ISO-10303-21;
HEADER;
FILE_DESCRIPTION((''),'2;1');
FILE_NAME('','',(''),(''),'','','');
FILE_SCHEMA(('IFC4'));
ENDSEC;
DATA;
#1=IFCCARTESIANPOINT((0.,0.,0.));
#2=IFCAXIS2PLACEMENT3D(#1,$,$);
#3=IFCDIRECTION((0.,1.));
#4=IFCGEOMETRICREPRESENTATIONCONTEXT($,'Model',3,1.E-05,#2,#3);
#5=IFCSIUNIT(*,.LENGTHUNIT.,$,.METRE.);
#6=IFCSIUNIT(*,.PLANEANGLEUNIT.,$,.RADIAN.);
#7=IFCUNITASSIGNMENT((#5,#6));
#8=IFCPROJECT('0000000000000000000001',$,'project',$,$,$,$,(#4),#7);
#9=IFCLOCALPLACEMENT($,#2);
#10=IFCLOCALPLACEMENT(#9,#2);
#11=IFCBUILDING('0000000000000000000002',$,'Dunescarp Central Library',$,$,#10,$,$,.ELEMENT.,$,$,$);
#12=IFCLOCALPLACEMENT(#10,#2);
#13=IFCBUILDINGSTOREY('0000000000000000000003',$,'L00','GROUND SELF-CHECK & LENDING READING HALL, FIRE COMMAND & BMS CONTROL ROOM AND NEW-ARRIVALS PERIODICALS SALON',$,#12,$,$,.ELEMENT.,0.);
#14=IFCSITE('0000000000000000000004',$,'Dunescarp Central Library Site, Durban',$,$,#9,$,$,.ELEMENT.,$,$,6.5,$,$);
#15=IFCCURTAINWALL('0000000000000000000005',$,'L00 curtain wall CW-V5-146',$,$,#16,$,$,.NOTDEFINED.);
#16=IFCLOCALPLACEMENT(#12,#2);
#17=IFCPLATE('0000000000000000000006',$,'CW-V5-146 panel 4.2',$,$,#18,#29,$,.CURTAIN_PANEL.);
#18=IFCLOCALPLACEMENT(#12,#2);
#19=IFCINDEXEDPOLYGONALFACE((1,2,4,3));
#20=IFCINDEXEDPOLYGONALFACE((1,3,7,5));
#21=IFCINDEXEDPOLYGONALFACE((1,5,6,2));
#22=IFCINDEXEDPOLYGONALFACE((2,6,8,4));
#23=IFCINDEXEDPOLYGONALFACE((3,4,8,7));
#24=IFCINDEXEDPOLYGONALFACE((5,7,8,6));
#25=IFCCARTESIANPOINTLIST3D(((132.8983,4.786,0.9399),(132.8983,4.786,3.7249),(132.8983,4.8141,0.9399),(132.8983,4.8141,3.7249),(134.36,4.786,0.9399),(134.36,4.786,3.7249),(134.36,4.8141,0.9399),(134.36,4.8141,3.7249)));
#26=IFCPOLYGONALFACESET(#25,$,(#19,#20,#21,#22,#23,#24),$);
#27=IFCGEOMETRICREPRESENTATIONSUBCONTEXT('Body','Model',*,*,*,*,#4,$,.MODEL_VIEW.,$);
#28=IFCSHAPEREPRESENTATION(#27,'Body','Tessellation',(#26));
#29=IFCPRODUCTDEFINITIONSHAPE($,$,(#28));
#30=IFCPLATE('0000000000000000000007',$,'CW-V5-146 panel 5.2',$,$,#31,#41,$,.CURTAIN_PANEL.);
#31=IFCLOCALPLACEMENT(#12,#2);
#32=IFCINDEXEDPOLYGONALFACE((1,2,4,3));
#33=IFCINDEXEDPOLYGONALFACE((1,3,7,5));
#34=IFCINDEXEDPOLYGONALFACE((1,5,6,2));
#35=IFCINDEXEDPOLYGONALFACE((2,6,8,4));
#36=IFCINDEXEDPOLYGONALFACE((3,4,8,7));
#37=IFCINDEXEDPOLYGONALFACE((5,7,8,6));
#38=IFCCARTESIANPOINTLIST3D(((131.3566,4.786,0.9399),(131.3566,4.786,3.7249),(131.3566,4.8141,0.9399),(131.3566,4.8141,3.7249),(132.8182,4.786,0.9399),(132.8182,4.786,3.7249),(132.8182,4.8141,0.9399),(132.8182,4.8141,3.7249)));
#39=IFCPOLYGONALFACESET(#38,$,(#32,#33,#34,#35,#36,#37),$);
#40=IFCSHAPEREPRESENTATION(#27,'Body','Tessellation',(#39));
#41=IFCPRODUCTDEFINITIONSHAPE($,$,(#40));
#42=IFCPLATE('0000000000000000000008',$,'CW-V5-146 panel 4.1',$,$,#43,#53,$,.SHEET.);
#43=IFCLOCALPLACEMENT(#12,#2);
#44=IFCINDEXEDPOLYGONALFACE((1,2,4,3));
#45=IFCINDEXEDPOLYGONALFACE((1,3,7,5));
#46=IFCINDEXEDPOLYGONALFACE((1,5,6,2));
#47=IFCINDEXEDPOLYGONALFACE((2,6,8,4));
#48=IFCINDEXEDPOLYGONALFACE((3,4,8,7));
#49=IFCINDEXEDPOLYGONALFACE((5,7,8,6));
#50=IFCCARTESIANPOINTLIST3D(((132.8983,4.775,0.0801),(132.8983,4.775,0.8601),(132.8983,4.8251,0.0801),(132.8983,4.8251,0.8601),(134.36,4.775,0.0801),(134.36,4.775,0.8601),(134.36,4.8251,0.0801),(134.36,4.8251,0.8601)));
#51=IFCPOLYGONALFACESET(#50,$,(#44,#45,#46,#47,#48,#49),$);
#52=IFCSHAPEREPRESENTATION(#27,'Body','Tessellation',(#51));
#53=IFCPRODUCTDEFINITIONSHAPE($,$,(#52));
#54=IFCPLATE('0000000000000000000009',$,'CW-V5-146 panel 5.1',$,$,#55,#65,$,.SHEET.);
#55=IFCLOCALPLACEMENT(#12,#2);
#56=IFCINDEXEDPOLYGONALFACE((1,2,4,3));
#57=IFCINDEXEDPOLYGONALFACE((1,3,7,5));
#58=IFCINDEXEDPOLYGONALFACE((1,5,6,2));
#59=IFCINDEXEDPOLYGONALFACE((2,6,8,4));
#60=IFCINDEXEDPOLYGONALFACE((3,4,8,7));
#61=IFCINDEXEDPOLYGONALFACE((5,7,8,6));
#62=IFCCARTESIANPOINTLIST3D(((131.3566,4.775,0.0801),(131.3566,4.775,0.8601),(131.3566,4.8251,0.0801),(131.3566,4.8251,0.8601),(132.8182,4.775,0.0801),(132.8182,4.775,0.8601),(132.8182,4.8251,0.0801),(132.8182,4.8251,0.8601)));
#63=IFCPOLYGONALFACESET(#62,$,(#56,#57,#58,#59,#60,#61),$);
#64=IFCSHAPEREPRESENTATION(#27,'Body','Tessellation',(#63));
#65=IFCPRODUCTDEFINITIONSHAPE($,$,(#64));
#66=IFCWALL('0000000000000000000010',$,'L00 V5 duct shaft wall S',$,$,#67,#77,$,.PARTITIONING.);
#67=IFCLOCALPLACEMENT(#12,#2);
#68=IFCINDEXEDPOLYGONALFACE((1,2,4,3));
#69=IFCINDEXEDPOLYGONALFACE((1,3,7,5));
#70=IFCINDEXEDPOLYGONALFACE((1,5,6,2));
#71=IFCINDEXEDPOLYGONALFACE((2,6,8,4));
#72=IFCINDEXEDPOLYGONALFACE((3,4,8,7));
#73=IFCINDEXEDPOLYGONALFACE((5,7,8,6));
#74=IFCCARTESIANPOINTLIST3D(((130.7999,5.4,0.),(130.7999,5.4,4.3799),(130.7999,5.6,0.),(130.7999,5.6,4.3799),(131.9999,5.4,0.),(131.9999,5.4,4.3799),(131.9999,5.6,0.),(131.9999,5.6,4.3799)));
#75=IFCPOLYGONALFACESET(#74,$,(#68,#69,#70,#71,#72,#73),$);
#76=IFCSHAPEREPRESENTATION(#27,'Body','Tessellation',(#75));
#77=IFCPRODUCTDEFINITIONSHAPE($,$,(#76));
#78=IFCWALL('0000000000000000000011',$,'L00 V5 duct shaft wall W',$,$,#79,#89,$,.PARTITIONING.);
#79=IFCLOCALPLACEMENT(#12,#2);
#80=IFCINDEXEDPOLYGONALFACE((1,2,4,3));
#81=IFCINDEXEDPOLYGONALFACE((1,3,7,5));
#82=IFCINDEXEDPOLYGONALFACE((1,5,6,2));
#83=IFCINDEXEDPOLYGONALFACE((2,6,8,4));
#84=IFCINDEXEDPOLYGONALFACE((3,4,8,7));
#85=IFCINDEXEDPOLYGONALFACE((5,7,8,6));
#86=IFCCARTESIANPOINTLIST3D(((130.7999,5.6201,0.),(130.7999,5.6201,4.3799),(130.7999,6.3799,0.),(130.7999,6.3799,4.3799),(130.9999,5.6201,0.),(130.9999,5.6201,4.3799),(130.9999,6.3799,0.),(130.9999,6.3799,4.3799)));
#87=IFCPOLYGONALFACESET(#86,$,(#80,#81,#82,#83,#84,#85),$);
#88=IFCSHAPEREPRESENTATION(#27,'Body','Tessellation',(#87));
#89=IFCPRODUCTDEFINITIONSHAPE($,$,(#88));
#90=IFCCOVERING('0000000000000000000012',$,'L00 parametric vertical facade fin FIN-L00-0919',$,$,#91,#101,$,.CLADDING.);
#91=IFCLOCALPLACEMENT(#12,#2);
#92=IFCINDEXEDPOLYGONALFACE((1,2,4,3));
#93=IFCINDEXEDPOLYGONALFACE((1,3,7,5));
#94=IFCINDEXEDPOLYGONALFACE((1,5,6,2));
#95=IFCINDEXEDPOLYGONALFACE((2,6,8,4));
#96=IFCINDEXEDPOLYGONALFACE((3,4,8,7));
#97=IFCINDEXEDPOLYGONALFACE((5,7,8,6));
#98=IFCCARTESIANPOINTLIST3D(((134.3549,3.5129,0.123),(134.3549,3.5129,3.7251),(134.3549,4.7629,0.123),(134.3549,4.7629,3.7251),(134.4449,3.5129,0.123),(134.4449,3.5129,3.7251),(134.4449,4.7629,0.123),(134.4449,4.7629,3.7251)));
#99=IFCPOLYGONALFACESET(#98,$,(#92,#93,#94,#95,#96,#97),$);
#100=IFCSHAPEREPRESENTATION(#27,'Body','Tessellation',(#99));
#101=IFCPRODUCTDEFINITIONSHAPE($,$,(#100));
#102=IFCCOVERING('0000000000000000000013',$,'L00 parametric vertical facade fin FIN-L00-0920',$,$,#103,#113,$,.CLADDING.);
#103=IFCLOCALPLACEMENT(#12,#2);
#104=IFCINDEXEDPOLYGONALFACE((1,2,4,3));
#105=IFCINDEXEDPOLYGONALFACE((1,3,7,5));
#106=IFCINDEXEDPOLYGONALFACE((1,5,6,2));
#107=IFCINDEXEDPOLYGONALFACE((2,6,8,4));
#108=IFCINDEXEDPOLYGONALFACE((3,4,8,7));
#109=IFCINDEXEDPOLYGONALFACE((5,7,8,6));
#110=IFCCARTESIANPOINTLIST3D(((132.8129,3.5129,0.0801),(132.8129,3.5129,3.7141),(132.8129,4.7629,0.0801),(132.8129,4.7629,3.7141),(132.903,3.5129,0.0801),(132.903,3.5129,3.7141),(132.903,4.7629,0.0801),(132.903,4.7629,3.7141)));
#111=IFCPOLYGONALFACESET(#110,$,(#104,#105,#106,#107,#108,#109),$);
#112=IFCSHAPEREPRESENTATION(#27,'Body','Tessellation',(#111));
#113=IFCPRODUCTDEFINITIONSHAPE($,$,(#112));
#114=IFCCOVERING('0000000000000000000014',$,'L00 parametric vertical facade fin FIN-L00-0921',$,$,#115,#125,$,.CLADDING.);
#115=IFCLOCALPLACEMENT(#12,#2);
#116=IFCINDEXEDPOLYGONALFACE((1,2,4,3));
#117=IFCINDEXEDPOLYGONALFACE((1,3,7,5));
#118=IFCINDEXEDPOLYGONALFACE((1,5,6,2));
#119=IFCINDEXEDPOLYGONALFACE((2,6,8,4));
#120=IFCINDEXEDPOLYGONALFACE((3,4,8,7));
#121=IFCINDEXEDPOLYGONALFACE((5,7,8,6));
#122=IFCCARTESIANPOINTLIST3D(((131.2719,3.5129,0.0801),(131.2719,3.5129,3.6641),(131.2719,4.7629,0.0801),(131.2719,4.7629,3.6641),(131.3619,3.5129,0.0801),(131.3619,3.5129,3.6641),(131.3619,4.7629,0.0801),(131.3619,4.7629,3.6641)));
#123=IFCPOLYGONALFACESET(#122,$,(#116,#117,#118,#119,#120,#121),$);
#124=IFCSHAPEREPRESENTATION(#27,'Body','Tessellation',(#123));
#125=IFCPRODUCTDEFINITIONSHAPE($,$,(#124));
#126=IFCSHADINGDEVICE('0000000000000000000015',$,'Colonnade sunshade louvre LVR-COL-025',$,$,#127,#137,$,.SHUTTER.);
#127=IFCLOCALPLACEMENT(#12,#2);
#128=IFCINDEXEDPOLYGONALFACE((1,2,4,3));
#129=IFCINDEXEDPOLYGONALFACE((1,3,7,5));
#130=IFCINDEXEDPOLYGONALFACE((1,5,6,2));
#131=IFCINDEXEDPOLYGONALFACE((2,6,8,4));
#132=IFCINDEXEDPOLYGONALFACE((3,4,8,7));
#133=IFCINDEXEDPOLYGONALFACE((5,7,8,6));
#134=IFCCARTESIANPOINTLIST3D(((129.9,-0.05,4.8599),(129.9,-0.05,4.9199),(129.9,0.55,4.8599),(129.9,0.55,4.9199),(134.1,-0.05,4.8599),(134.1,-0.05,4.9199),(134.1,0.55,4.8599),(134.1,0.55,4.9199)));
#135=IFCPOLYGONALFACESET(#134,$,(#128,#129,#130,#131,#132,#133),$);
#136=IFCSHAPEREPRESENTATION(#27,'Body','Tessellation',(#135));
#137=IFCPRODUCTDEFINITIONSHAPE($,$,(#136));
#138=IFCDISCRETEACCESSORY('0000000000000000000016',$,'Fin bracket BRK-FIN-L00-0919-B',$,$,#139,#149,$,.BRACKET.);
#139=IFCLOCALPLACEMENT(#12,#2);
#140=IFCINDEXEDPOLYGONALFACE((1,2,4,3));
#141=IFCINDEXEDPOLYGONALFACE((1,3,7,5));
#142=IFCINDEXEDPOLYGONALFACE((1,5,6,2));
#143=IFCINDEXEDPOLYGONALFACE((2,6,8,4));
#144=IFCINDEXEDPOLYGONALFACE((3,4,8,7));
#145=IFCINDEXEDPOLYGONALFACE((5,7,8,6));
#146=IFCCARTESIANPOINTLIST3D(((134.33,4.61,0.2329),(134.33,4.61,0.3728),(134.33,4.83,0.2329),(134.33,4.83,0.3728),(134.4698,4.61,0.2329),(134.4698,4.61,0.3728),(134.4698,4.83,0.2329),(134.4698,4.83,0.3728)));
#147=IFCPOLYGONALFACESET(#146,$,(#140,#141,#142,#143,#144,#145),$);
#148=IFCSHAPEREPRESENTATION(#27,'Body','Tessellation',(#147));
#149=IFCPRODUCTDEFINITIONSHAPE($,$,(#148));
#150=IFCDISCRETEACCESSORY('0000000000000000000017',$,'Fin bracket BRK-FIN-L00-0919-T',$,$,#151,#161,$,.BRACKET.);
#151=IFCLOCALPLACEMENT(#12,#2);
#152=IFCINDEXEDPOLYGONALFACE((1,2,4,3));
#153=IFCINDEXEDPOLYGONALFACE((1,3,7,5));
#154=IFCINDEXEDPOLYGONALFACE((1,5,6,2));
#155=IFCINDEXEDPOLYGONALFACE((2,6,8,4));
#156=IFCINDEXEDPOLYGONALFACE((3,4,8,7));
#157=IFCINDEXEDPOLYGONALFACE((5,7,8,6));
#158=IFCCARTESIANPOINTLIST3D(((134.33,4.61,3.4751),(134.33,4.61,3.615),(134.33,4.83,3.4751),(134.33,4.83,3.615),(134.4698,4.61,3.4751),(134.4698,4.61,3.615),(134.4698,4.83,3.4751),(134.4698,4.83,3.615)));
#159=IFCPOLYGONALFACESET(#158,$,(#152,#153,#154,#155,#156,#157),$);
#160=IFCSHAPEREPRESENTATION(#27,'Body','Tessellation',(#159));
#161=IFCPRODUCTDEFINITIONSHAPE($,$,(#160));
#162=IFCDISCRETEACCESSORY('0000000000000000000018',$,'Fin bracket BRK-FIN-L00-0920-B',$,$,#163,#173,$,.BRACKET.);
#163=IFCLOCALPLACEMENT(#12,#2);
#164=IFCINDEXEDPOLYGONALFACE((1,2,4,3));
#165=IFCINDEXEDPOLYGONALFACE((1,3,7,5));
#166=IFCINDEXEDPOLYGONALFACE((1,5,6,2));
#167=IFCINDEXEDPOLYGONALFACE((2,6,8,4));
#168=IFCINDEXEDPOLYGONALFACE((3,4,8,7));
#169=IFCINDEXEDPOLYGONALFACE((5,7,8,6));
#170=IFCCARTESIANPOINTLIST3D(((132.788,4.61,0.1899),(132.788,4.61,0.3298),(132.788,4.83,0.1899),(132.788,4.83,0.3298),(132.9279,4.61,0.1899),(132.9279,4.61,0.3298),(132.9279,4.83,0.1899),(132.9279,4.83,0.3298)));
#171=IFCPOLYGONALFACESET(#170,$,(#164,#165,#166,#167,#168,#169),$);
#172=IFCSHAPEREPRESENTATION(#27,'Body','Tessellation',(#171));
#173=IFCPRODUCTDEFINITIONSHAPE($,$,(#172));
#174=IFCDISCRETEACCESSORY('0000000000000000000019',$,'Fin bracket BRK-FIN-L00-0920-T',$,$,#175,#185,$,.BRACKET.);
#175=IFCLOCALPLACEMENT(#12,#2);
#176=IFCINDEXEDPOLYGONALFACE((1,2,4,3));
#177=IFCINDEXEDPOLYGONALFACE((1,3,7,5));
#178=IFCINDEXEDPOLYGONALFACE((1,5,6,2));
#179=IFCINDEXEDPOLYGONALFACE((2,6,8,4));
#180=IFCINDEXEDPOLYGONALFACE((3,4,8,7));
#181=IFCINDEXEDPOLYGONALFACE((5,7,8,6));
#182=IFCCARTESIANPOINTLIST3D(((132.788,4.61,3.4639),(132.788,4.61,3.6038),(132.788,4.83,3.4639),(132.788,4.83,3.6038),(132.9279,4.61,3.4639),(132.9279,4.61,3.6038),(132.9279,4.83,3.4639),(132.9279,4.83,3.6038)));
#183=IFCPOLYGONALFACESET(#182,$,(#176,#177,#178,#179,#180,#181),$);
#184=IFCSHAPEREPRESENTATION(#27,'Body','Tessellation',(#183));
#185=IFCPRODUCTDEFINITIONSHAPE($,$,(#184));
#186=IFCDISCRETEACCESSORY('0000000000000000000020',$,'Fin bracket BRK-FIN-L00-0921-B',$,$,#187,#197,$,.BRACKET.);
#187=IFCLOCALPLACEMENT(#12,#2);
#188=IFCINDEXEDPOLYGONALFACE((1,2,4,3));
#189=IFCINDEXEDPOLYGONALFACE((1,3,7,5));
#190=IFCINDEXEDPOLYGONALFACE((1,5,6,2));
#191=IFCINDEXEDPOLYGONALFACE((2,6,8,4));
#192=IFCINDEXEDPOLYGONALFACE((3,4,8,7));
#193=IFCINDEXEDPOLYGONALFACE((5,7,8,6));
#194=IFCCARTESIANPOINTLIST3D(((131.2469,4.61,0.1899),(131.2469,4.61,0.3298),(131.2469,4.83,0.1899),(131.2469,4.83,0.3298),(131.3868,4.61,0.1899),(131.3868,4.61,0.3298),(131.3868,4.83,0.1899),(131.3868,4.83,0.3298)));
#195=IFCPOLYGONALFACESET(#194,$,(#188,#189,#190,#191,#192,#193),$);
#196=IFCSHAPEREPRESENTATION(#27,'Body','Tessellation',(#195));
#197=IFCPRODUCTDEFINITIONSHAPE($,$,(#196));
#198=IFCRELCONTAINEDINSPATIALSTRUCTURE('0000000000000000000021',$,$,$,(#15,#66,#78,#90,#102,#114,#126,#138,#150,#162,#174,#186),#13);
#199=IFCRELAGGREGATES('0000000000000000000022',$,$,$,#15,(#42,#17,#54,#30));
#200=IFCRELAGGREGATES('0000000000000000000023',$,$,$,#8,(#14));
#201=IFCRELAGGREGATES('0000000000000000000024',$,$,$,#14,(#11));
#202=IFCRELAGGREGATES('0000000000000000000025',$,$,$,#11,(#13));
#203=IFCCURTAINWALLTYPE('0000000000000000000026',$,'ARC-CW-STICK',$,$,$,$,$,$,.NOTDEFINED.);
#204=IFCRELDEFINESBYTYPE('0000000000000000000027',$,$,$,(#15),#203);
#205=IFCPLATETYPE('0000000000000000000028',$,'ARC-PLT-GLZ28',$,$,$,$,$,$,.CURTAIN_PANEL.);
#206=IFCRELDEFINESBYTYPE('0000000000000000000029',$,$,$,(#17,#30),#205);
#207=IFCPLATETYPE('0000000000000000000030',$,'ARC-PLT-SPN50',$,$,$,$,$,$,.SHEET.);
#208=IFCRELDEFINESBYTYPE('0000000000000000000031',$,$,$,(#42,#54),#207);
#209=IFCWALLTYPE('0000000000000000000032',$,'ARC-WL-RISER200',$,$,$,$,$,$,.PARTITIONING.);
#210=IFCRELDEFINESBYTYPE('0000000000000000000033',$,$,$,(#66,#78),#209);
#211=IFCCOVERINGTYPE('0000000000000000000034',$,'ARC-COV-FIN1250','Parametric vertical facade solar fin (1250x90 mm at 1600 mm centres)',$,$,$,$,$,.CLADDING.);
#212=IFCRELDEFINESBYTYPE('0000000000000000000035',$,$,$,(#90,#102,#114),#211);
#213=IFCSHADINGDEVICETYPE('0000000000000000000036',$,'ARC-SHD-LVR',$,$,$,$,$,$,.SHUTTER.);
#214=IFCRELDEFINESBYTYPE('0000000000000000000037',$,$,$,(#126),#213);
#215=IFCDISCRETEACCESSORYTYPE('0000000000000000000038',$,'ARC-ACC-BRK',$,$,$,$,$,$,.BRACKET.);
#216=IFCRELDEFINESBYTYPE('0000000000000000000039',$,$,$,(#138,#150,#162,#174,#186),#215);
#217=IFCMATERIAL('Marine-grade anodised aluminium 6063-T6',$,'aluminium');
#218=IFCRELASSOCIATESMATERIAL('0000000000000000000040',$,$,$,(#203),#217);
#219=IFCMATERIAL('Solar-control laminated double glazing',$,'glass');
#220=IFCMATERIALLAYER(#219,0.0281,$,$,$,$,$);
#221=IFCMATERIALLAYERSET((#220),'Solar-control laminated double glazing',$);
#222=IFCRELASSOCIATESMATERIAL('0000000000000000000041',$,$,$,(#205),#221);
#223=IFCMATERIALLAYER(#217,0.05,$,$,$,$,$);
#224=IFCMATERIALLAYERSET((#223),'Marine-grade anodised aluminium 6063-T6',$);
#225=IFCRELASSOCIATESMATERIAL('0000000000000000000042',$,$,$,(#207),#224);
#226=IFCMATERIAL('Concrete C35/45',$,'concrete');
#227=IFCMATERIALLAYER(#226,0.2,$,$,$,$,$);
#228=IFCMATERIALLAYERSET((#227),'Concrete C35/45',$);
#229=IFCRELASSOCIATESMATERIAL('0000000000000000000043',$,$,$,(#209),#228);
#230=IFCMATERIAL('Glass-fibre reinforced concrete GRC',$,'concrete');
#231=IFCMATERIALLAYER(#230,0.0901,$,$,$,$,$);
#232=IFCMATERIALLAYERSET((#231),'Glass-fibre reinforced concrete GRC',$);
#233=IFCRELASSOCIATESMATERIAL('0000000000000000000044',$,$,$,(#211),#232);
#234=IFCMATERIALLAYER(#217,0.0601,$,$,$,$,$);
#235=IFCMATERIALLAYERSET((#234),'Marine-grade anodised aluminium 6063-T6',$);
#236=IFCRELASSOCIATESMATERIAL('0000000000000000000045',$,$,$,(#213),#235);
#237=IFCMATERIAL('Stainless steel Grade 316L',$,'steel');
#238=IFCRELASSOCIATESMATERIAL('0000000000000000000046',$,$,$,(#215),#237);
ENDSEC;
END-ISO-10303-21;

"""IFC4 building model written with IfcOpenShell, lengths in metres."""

from ifc_helpers import new_model, si_unit, direction, frame, frame_2d, origin, origin_2d, place, context, subcontext, project, spatial, rectangle, extrude, material, layer, layer_set, type_object, element, aggregate, save


model = new_model("IFC4")

# Units and contexts
model_context = context("Model", 3, precision=1e-05, world=origin(), true_north=direction((0.0, 1.0)))
body_context = subcontext(model_context, "Body", "Model", "MODEL_VIEW")
ifc_project = project(units=[si_unit("LENGTHUNIT", "METRE"), si_unit("PLANEANGLEUNIT", "RADIAN")], contexts=[model_context])

# Site, building, storey
site_placement = place(None, origin())
site = spatial("IfcSite", under=ifc_project, at=site_placement, Name="Dunescarp Central Library Site, Durban", CompositionType="ELEMENT", RefElevation=6.5)
building_placement = place(site_placement, origin())
building = spatial("IfcBuilding", under=site, at=building_placement, Name="Dunescarp Central Library", CompositionType="ELEMENT")
storey_placement = place(building_placement, origin())
storey = spatial("IfcBuildingStorey", under=building, at=storey_placement, Name="L00", Description="GROUND SELF-CHECK & LENDING READING HALL, FIRE COMMAND & BMS CONTROL ROOM AND NEW-ARRIVALS PERIODICALS SALON", CompositionType="ELEMENT", Elevation=0.0)

# Shared definitions
ifc_material_1 = material(Name="Concrete C35/45", Category="concrete")

# Curtain wall, plates
ifc_material_2 = material(Name="Marine-grade anodised aluminium 6063-T6", Category="aluminium")
curtain_wall_type = type_object("IfcCurtainWallType", Name="ARC-CW-STICK", PredefinedType="NOTDEFINED", material=ifc_material_2)
curtain_wall_placement = place(storey_placement, origin())
curtain_wall = element("IfcCurtainWall", 1, at=curtain_wall_placement, inside=storey, type_object=curtain_wall_type, Name="L00 curtain wall CW-V5-146", PredefinedType="NOTDEFINED")
ifc_material_3 = material(Name="Solar-control laminated double glazing", Category="glass")
ifc_layer_1 = layer(ifc_material_3, 0.0281)
ifc_layer_set_1 = layer_set([ifc_layer_1], Name="Solar-control laminated double glazing")
plate_type_1 = type_object("IfcPlateType", Name="ARC-PLT-GLZ28", PredefinedType="CURTAIN_PANEL", material=ifc_layer_set_1)
plate_1_placement = place(storey_placement, frame((133.6292, 4.8, 0.9399), z_axis=(0.0, 0.0, 1.0), x_axis=(-1.0, 0.0, 0.0)))
plate_1 = element("IfcPlate", 2, at=plate_1_placement, type_object=plate_type_1, Name="CW-V5-146 panel 4.2", PredefinedType="CURTAIN_PANEL", context=body_context, shape_type="SweptSolid", body=[
    extrude(rectangle(XDim=1.4617, YDim=0.0281, at=origin_2d()), origin(), (0.0, 0.0, 1.0), 2.7849),
])
plate_2_placement = place(storey_placement, frame((132.0874, 4.8, 0.9399), z_axis=(0.0, 0.0, 1.0), x_axis=(-1.0, 0.0, 0.0)))
plate_2 = element("IfcPlate", 3, at=plate_2_placement, type_object=plate_type_1, Name="CW-V5-146 panel 5.2", PredefinedType="CURTAIN_PANEL", context=body_context, shape_type="SweptSolid", body=[
    extrude(rectangle(XDim=1.4617, YDim=0.0281, at=origin_2d()), origin(), (0.0, 0.0, 1.0), 2.7849),
])
ifc_layer_2 = layer(ifc_material_2, 0.05)
ifc_layer_set_2 = layer_set([ifc_layer_2], Name="Marine-grade anodised aluminium 6063-T6")
plate_type_2 = type_object("IfcPlateType", Name="ARC-PLT-SPN50", PredefinedType="SHEET", material=ifc_layer_set_2)
plate_3_placement = place(storey_placement, frame((133.6292, 4.8, 0.0801), z_axis=(0.0, 0.0, 1.0), x_axis=(-1.0, 0.0, 0.0)))
plate_3 = element("IfcPlate", 4, at=plate_3_placement, type_object=plate_type_2, Name="CW-V5-146 panel 4.1", PredefinedType="SHEET", context=body_context, shape_type="SweptSolid", body=[
    extrude(rectangle(XDim=1.4617, YDim=0.05, at=origin_2d()), origin(), (0.0, 0.0, 1.0), 0.78),
])
plate_4_placement = place(storey_placement, frame((132.0874, 4.8, 0.0801), z_axis=(0.0, 0.0, 1.0), x_axis=(-1.0, 0.0, 0.0)))
plate_4 = element("IfcPlate", 5, at=plate_4_placement, type_object=plate_type_2, Name="CW-V5-146 panel 5.1", PredefinedType="SHEET", context=body_context, shape_type="SweptSolid", body=[
    extrude(rectangle(XDim=1.4617, YDim=0.05, at=origin_2d()), origin(), (0.0, 0.0, 1.0), 0.78),
])
aggregate(curtain_wall, [plate_3, plate_1, plate_4, plate_2])

# Walls
ifc_layer_3 = layer(ifc_material_1, 0.2)
ifc_layer_set_3 = layer_set([ifc_layer_3], Name="Concrete C35/45")
wall_type = type_object("IfcWallType", Name="ARC-WL-RISER200", PredefinedType="PARTITIONING", material=ifc_layer_set_3)
wall_1_placement = place(storey_placement, frame((132.0, 5.5, 0.0), z_axis=(0.0, 0.0, 1.0), x_axis=(-1.0, 0.0, 0.0)))
element("IfcWall", 6, at=wall_1_placement, inside=storey, type_object=wall_type, Name="L00 V5 duct shaft wall S", PredefinedType="PARTITIONING", context=body_context, shape_type="SweptSolid", body=[
    extrude(rectangle(XDim=1.2, YDim=0.2, at=frame_2d((0.6001, 0.0))), origin(), (0.0, 0.0, 1.0), 4.3799),
])
wall_2_placement = place(storey_placement, frame((130.8999, 5.6201, 0.0), z_axis=(0.0, 0.0, 1.0), x_axis=(0.0, 1.0, 0.0)))
element("IfcWall", 7, at=wall_2_placement, inside=storey, type_object=wall_type, Name="L00 V5 duct shaft wall W", PredefinedType="PARTITIONING", context=body_context, shape_type="SweptSolid", body=[
    extrude(rectangle(XDim=0.7598, YDim=0.2, at=frame_2d((0.3799, 0.0))), origin(), (0.0, 0.0, 1.0), 4.3799),
])

# Coverings
ifc_material_4 = material(Name="Glass-fibre reinforced concrete GRC", Category="concrete")
ifc_layer_4 = layer(ifc_material_4, 0.0901)
ifc_layer_set_4 = layer_set([ifc_layer_4], Name="Glass-fibre reinforced concrete GRC")
covering_type = type_object("IfcCoveringType", Name="ARC-COV-FIN1250", Description="Parametric vertical facade solar fin (1250x90 mm at 1600 mm centres)", PredefinedType="CLADDING", material=ifc_layer_set_4)
covering_1_placement = place(storey_placement, frame((134.3999, 4.1379, 0.123), z_axis=(0.0, 0.0, 1.0), x_axis=(0.0, -1.0, 0.0)))
element("IfcCovering", 8, at=covering_1_placement, inside=storey, type_object=covering_type, Name="L00 parametric vertical facade fin FIN-L00-0919", PredefinedType="CLADDING", context=body_context, shape_type="SweptSolid", body=[
    extrude(rectangle(XDim=1.25, YDim=0.0901, at=origin_2d()), origin(), (0.0, 0.0, 1.0), 3.6021),
])
covering_2_placement = place(storey_placement, frame((132.8579, 4.1379, 0.0801), z_axis=(0.0, 0.0, 1.0), x_axis=(0.0, -1.0, 0.0)))
element("IfcCovering", 9, at=covering_2_placement, inside=storey, type_object=covering_type, Name="L00 parametric vertical facade fin FIN-L00-0920", PredefinedType="CLADDING", context=body_context, shape_type="SweptSolid", body=[
    extrude(rectangle(XDim=1.25, YDim=0.0901, at=origin_2d()), origin(), (0.0, 0.0, 1.0), 3.634),
])
covering_3_placement = place(storey_placement, frame((131.3169, 4.1379, 0.0801), z_axis=(0.0, 0.0, 1.0), x_axis=(0.0, -1.0, 0.0)))
element("IfcCovering", 10, at=covering_3_placement, inside=storey, type_object=covering_type, Name="L00 parametric vertical facade fin FIN-L00-0921", PredefinedType="CLADDING", context=body_context, shape_type="SweptSolid", body=[
    extrude(rectangle(XDim=1.25, YDim=0.0901, at=origin_2d()), origin(), (0.0, 0.0, 1.0), 3.584),
])

# Shading device
ifc_layer_5 = layer(ifc_material_2, 0.0601)
ifc_layer_set_5 = layer_set([ifc_layer_5], Name="Marine-grade anodised aluminium 6063-T6")
shading_device_type = type_object("IfcShadingDeviceType", Name="ARC-SHD-LVR", PredefinedType="SHUTTER", material=ifc_layer_set_5)
shading_device_placement = place(storey_placement, frame((132.0, 0.25, 4.8599), z_axis=(0.0, 0.0, 1.0), x_axis=(1.0, 0.0, 0.0)))
element("IfcShadingDevice", 11, at=shading_device_placement, inside=storey, type_object=shading_device_type, Name="Colonnade sunshade louvre LVR-COL-025", PredefinedType="SHUTTER", context=body_context, shape_type="SweptSolid", body=[
    extrude(rectangle(XDim=4.2, YDim=0.6001, at=origin_2d()), origin(), (0.0, 0.0, 1.0), 0.0601),
])

# Discrete accessories
ifc_material_5 = material(Name="Stainless steel Grade 316L", Category="steel")
discrete_accessory_type = type_object("IfcDiscreteAccessoryType", Name="ARC-ACC-BRK", PredefinedType="BRACKET", material=ifc_material_5)
for number, where, z_axis, x_axis, name in (
    (12, (134.3999, 4.72, 0.2329), (0.0, 0.0, 1.0), (0.0, -1.0, 0.0), "Fin bracket BRK-FIN-L00-0919-B"),
    (13, (134.3999, 4.72, 3.4751), (0.0, 0.0, 1.0), (0.0, -1.0, 0.0), "Fin bracket BRK-FIN-L00-0919-T"),
    (14, (132.8579, 4.72, 0.1899), (0.0, 0.0, 1.0), (0.0, -1.0, 0.0), "Fin bracket BRK-FIN-L00-0920-B"),
    (15, (132.8579, 4.72, 3.4639), (0.0, 0.0, 1.0), (0.0, -1.0, 0.0), "Fin bracket BRK-FIN-L00-0920-T"),
    (16, (131.3169, 4.72, 0.1899), (0.0, 0.0, 1.0), (0.0, -1.0, 0.0), "Fin bracket BRK-FIN-L00-0921-B"),
):
    element("IfcDiscreteAccessory", number, at=place(storey_placement, frame(where, z_axis=z_axis, x_axis=x_axis)), inside=storey, type_object=discrete_accessory_type, Name=name, PredefinedType="BRACKET", context=body_context, shape_type="SweptSolid", body=[
        extrude(rectangle(XDim=0.22, YDim=0.1399, at=origin_2d()), origin(), (0.0, 0.0, 1.0), 0.1399),
    ])

save(model, "model.ifc")
